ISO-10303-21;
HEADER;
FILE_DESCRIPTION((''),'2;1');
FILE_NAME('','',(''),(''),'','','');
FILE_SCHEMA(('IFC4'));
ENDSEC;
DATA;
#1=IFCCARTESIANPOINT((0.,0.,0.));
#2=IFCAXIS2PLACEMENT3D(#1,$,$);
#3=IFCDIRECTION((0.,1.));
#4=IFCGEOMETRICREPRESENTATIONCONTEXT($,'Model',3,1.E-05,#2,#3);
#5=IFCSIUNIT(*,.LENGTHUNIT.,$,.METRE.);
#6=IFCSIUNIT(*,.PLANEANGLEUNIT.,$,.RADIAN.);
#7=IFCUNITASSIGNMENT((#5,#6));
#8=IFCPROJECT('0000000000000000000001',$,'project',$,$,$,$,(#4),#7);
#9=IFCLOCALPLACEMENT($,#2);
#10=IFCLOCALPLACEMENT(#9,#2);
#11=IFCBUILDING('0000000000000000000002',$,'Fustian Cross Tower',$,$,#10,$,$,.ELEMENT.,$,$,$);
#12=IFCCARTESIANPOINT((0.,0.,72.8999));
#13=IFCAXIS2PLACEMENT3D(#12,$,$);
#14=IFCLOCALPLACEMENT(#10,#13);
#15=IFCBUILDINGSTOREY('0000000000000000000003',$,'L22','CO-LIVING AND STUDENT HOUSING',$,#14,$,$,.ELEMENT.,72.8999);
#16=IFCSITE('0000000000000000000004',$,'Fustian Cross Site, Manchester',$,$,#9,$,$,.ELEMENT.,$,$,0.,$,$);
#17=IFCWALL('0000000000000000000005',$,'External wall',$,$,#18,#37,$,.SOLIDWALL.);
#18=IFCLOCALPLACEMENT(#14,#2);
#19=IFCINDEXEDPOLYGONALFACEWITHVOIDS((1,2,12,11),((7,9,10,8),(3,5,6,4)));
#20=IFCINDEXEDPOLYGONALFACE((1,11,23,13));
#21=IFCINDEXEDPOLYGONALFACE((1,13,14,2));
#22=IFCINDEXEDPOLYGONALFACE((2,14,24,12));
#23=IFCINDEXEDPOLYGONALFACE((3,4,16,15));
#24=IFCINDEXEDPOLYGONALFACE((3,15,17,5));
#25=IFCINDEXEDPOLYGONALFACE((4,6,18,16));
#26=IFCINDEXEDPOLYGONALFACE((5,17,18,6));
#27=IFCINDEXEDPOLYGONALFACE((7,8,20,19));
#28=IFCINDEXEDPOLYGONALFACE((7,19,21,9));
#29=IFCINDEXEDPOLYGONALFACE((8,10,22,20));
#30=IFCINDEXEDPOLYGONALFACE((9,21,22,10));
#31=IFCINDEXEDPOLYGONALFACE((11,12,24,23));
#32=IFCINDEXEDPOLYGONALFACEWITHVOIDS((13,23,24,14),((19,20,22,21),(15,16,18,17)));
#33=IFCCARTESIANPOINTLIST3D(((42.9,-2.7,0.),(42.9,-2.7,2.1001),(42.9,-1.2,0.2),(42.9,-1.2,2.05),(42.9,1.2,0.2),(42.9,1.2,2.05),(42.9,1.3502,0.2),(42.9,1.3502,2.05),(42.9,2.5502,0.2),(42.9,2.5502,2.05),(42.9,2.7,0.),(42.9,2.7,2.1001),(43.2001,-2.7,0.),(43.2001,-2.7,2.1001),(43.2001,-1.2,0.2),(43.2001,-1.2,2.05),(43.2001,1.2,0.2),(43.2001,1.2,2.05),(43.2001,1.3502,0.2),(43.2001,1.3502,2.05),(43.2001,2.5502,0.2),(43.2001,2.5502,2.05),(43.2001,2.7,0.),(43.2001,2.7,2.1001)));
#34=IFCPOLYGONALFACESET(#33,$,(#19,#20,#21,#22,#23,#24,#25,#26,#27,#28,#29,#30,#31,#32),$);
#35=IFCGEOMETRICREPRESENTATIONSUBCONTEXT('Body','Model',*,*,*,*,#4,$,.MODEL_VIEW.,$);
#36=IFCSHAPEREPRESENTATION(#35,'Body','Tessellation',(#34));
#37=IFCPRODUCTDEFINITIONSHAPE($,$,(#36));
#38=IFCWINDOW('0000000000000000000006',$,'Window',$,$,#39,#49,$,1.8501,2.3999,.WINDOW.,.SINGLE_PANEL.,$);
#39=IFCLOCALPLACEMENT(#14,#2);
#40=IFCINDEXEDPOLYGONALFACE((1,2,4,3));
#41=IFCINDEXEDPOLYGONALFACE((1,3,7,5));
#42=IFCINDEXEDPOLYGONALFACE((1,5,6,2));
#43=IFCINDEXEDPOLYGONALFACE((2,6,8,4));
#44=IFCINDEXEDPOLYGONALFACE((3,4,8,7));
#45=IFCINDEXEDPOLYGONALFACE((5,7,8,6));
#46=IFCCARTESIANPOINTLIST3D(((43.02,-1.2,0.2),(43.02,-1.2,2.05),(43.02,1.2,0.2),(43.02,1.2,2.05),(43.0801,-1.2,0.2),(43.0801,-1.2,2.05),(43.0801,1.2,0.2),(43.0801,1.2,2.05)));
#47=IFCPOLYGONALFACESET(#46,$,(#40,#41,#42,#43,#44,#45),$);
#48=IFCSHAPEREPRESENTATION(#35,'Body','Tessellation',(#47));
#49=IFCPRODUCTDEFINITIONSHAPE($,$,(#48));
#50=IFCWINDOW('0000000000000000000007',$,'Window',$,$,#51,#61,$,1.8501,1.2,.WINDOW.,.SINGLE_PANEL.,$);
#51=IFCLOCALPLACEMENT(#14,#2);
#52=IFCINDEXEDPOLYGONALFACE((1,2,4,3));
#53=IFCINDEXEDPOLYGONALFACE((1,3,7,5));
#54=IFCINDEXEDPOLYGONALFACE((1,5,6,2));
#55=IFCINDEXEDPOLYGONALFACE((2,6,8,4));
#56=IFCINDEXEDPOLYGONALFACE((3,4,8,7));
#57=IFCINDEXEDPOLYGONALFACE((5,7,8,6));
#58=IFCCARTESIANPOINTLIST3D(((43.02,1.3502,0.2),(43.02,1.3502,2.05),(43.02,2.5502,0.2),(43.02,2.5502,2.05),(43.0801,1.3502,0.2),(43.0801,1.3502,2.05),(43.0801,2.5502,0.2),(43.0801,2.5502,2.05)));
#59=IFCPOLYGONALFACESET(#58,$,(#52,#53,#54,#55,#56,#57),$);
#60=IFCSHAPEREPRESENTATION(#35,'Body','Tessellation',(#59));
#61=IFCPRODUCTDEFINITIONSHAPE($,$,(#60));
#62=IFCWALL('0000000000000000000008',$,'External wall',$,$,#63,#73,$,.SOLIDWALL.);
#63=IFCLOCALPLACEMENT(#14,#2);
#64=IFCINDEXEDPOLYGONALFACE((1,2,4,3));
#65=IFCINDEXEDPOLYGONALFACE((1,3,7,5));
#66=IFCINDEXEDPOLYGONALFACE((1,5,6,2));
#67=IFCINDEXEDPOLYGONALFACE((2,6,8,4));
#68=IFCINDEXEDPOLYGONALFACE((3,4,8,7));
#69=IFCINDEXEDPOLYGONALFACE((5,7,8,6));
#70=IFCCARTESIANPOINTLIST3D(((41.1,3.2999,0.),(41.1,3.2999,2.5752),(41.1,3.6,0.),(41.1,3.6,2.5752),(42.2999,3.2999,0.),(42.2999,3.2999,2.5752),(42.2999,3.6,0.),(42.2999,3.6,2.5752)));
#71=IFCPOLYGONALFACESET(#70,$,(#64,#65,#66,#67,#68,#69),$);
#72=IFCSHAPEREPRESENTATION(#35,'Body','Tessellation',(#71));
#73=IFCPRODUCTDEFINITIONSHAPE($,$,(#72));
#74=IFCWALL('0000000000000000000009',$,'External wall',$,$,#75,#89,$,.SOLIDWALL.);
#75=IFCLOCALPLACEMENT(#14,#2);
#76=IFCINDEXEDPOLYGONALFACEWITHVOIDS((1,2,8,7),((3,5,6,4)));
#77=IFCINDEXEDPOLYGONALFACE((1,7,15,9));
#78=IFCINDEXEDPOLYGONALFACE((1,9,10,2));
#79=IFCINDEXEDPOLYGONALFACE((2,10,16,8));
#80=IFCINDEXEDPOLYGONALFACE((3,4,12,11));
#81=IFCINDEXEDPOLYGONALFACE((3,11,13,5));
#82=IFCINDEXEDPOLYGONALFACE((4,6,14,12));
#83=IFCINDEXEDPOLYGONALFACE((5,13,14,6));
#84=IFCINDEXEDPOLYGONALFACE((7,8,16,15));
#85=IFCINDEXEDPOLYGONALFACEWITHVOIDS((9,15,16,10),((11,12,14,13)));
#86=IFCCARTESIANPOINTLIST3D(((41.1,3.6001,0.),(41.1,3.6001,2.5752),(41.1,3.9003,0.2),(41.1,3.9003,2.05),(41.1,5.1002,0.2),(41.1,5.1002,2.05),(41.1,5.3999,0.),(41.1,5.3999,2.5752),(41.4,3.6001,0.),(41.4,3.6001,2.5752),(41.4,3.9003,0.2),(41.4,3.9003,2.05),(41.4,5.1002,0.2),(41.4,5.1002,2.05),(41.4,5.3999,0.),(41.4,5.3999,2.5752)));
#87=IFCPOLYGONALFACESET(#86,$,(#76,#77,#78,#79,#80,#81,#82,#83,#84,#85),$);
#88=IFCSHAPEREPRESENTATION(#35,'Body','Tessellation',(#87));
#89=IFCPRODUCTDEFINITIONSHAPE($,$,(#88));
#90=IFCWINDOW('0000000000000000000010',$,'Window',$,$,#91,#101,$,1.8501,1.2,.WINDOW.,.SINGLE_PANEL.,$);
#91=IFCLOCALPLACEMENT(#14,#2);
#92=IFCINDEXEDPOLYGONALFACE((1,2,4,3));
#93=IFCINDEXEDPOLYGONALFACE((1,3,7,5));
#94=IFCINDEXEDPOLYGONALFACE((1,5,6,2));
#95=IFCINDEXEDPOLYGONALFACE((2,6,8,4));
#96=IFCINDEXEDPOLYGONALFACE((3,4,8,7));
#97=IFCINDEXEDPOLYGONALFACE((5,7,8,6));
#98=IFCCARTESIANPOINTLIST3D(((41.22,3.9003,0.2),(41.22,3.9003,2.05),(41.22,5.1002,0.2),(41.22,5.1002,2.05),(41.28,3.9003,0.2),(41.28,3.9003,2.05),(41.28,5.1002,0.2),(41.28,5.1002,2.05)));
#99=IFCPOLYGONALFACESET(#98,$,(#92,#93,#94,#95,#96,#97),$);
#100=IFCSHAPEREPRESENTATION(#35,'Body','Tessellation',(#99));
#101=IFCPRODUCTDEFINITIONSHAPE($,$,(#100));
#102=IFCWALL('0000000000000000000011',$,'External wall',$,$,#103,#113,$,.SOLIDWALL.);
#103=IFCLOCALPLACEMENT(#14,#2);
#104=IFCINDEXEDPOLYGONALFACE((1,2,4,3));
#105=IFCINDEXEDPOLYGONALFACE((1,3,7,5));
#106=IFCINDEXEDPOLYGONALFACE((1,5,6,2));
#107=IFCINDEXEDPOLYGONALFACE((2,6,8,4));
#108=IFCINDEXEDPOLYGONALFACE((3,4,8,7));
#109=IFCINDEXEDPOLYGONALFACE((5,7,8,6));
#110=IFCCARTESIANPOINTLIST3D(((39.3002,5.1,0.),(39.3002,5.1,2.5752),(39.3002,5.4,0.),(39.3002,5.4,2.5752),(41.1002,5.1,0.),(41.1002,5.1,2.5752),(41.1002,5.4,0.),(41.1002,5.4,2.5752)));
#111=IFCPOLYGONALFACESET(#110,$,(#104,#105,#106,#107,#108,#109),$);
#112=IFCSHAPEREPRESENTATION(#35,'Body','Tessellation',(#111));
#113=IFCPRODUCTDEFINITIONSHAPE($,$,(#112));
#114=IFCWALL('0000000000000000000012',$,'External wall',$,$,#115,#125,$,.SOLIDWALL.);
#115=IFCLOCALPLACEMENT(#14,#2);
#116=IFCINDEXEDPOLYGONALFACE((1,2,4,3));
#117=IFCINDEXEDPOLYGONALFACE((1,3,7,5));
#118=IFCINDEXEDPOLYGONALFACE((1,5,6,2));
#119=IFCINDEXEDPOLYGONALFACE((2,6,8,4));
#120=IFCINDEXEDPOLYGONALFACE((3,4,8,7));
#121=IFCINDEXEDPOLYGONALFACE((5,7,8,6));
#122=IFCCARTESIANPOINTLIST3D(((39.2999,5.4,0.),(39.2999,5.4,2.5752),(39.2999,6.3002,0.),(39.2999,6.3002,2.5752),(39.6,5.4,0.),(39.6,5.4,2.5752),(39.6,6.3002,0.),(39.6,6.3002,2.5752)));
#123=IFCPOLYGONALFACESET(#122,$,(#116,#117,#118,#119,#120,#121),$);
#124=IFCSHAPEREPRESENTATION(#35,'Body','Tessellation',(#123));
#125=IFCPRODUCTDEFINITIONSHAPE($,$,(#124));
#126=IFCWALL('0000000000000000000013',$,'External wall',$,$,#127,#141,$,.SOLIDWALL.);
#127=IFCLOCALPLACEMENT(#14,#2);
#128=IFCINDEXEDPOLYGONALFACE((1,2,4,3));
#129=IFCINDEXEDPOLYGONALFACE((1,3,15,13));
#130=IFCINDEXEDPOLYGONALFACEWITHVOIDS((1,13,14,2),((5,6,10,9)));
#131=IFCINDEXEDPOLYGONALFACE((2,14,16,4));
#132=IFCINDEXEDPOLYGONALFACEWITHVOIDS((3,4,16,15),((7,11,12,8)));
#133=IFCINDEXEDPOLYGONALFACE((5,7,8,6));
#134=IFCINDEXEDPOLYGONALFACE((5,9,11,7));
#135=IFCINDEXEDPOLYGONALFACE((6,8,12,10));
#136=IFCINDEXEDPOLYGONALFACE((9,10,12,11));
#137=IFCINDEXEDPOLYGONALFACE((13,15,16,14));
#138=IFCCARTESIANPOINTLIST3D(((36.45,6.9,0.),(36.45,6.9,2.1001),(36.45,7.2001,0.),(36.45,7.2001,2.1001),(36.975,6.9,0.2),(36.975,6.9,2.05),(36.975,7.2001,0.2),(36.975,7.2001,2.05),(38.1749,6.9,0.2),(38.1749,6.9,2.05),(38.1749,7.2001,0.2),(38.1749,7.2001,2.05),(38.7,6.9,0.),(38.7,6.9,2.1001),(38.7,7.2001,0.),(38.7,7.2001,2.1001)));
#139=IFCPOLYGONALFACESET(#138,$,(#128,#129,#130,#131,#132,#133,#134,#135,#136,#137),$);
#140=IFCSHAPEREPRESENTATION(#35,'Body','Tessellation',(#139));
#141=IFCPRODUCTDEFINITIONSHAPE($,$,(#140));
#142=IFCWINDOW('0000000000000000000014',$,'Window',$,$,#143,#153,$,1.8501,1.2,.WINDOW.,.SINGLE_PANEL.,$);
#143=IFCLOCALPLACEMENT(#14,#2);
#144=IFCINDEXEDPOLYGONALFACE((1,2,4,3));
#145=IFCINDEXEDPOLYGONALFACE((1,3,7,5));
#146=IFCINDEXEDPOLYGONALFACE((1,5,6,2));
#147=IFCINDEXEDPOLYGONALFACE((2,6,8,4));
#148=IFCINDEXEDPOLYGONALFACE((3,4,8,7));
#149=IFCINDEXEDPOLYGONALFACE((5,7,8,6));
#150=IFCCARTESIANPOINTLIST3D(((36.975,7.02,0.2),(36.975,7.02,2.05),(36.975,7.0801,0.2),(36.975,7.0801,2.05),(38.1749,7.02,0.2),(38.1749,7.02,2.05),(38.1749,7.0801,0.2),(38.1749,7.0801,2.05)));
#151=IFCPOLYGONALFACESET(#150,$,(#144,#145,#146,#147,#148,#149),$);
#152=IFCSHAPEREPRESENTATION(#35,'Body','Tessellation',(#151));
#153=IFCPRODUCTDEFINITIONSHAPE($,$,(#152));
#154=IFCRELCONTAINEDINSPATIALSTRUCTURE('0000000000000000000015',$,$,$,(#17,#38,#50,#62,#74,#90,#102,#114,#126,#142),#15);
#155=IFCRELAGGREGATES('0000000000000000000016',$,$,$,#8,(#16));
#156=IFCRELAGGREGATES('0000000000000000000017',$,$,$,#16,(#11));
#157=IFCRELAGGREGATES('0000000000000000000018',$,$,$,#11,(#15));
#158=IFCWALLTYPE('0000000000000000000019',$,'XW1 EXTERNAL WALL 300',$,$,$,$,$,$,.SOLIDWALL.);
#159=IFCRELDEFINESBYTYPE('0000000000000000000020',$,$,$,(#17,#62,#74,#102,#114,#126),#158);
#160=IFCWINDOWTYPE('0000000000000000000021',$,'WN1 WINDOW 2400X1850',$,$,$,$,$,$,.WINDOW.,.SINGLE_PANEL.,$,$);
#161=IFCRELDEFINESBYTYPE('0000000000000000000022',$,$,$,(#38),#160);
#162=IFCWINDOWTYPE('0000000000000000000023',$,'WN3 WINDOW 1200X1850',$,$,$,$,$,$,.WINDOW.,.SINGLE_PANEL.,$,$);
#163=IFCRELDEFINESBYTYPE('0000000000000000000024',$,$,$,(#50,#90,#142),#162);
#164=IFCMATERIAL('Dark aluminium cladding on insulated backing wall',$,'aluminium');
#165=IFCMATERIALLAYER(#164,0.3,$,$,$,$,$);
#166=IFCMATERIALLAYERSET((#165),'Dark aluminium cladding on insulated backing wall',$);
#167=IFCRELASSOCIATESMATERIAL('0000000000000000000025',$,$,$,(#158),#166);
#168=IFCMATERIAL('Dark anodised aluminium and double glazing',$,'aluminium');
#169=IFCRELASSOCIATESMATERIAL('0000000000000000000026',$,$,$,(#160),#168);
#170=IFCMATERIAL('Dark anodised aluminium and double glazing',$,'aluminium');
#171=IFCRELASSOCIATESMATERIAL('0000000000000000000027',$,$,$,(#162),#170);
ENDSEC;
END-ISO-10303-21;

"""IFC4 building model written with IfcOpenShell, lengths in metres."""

from ifc_helpers import new_model, si_unit, direction, frame, frame_2d, origin, place, context, subcontext, project, spatial, rectangle, extrude, material, layer, layer_set, type_object, element, fill, save


model = new_model("IFC4")

# Units and contexts
model_context = context("Model", 3, precision=1e-05, world=origin(), true_north=direction((0.0, 1.0)))
body_context = subcontext(model_context, "Body", "Model", "MODEL_VIEW")
ifc_project = project(units=[si_unit("LENGTHUNIT", "METRE"), si_unit("PLANEANGLEUNIT", "RADIAN")], contexts=[model_context])

# Site, building, storey
site_placement = place(None, origin())
site = spatial("IfcSite", under=ifc_project, at=site_placement, Name="Fustian Cross Site, Manchester", CompositionType="ELEMENT", RefElevation=0.0)
building_placement = place(site_placement, origin())
building = spatial("IfcBuilding", under=site, at=building_placement, Name="Fustian Cross Tower", CompositionType="ELEMENT")
storey_placement = place(building_placement, frame((0.0, 0.0, 72.8999)))
storey = spatial("IfcBuildingStorey", under=building, at=storey_placement, Name="L22", Description="CO-LIVING AND STUDENT HOUSING", CompositionType="ELEMENT", Elevation=72.8999)

# Wall, openings, windows
ifc_material_1 = material(Name="Dark aluminium cladding on insulated backing wall", Category="aluminium")
ifc_layer_1 = layer(ifc_material_1, 0.3)
ifc_layer_set_1 = layer_set([ifc_layer_1], Name="Dark aluminium cladding on insulated backing wall")
wall_type_1 = type_object("IfcWallType", Name="XW1 EXTERNAL WALL 300", PredefinedType="SOLIDWALL", material=ifc_layer_set_1)
wall_1_placement = place(storey_placement, frame((43.05, -2.7, 0.0), z_axis=(0.0, 0.0, 1.0), x_axis=(0.0, 1.0, 0.0)))
wall_1 = element("IfcWall", 1, at=wall_1_placement, inside=storey, type_object=wall_type_1, Name="External wall", PredefinedType="SOLIDWALL", context=body_context, shape_type="SweptSolid", body=[
    extrude(rectangle(XDim=5.3999, YDim=0.3, at=frame_2d((2.7, 0.0))), origin(), (0.0, 0.0, 1.0), 2.1001),
])
opening_1_placement = place(wall_1_placement, frame((1.5, 0.0, 0.2)))
opening_1 = element("IfcOpeningElement", 2, at=opening_1_placement, cuts=wall_1, PredefinedType="OPENING", context=body_context, shape_type="SweptSolid", body=[
    extrude(rectangle(XDim=2.3999, YDim=1.8501, at=frame_2d((1.2, 0.925))), frame((0.0, 0.1599, 0.0), z_axis=(0.0, -1.0, 0.0), x_axis=(1.0, 0.0, 0.0)), (0.0, 0.0, 1.0), 0.3201),
])
opening_2_placement = place(wall_1_placement, frame((4.05, 0.0, 0.2)))
opening_2 = element("IfcOpeningElement", 3, at=opening_2_placement, cuts=wall_1, PredefinedType="OPENING", context=body_context, shape_type="SweptSolid", body=[
    extrude(rectangle(XDim=1.2, YDim=1.8501, at=frame_2d((0.6001, 0.925))), frame((0.0, 0.1599, 0.0), z_axis=(0.0, -1.0, 0.0), x_axis=(1.0, 0.0, 0.0)), (0.0, 0.0, 1.0), 0.3201),
])
ifc_material_2 = material(Name="Dark anodised aluminium and double glazing", Category="aluminium")
window_type_1 = type_object("IfcWindowType", Name="WN1 WINDOW 2400X1850", PartitioningType="SINGLE_PANEL", PredefinedType="WINDOW", material=ifc_material_2)
window_1_placement = place(opening_1_placement, origin())
window_1 = element("IfcWindow", 4, at=window_1_placement, inside=storey, type_object=window_type_1, Name="Window", OverallHeight=1.8501, OverallWidth=2.3999, PartitioningType="SINGLE_PANEL", PredefinedType="WINDOW", context=body_context, shape_type="SweptSolid", body=[
    extrude(rectangle(XDim=2.3999, YDim=1.8501, at=frame_2d((1.2, 0.925))), frame((0.0, 0.03, 0.0), z_axis=(0.0, -1.0, 0.0), x_axis=(1.0, 0.0, 0.0)), (0.0, 0.0, 1.0), 0.0601),
])
fill(opening_1, window_1)
ifc_material_3 = material(Name="Dark anodised aluminium and double glazing", Category="aluminium")
window_type_2 = type_object("IfcWindowType", Name="WN3 WINDOW 1200X1850", PartitioningType="SINGLE_PANEL", PredefinedType="WINDOW", material=ifc_material_3)
window_2_placement = place(opening_2_placement, origin())
window_2 = element("IfcWindow", 5, at=window_2_placement, inside=storey, type_object=window_type_2, Name="Window", OverallHeight=1.8501, OverallWidth=1.2, PartitioningType="SINGLE_PANEL", PredefinedType="WINDOW", context=body_context, shape_type="SweptSolid", body=[
    extrude(rectangle(XDim=1.2, YDim=1.8501, at=frame_2d((0.6001, 0.925))), frame((0.0, 0.03, 0.0), z_axis=(0.0, -1.0, 0.0), x_axis=(1.0, 0.0, 0.0)), (0.0, 0.0, 1.0), 0.0601),
])
fill(opening_2, window_2)

# Wall
wall_2_placement = place(storey_placement, frame((42.3, 3.45, 0.0), z_axis=(0.0, 0.0, 1.0), x_axis=(-1.0, 0.0, 0.0)))
element("IfcWall", 6, at=wall_2_placement, inside=storey, type_object=wall_type_1, Name="External wall", PredefinedType="SOLIDWALL", context=body_context, shape_type="SweptSolid", body=[
    extrude(rectangle(XDim=1.2, YDim=0.3, at=frame_2d((0.6001, 0.0))), origin(), (0.0, 0.0, 1.0), 2.5752),
])

# Wall, opening, window
wall_3_placement = place(storey_placement, frame((41.25, 3.6001, 0.0), z_axis=(0.0, 0.0, 1.0), x_axis=(0.0, 1.0, 0.0)))
wall_3 = element("IfcWall", 7, at=wall_3_placement, inside=storey, type_object=wall_type_1, Name="External wall", PredefinedType="SOLIDWALL", context=body_context, shape_type="SweptSolid", body=[
    extrude(rectangle(XDim=1.7998, YDim=0.3, at=frame_2d((0.8999, 0.0))), origin(), (0.0, 0.0, 1.0), 2.5752),
])
opening_3_placement = place(wall_3_placement, frame((0.3, 0.0, 0.2)))
opening_3 = element("IfcOpeningElement", 8, at=opening_3_placement, cuts=wall_3, PredefinedType="OPENING", context=body_context, shape_type="SweptSolid", body=[
    extrude(rectangle(XDim=1.2, YDim=1.8501, at=frame_2d((0.6001, 0.925))), frame((0.0, 0.1599, 0.0), z_axis=(0.0, -1.0, 0.0), x_axis=(1.0, 0.0, 0.0)), (0.0, 0.0, 1.0), 0.3201),
])
window_3_placement = place(opening_3_placement, origin())
window_3 = element("IfcWindow", 9, at=window_3_placement, inside=storey, type_object=window_type_2, Name="Window", OverallHeight=1.8501, OverallWidth=1.2, PartitioningType="SINGLE_PANEL", PredefinedType="WINDOW", context=body_context, shape_type="SweptSolid", body=[
    extrude(rectangle(XDim=1.2, YDim=1.8501, at=frame_2d((0.6001, 0.925))), frame((0.0, 0.03, 0.0), z_axis=(0.0, -1.0, 0.0), x_axis=(1.0, 0.0, 0.0)), (0.0, 0.0, 1.0), 0.0601),
])
fill(opening_3, window_3)

# Walls
wall_4_placement = place(storey_placement, frame((41.1001, 5.25, 0.0), z_axis=(0.0, 0.0, 1.0), x_axis=(-1.0, 0.0, 0.0)))
element("IfcWall", 10, at=wall_4_placement, inside=storey, type_object=wall_type_1, Name="External wall", PredefinedType="SOLIDWALL", context=body_context, shape_type="SweptSolid", body=[
    extrude(rectangle(XDim=1.8, YDim=0.3, at=frame_2d((0.8999, 0.0))), origin(), (0.0, 0.0, 1.0), 2.5752),
])
wall_5_placement = place(storey_placement, frame((39.45, 5.3999, 0.0), z_axis=(0.0, 0.0, 1.0), x_axis=(0.0, 1.0, 0.0)))
element("IfcWall", 11, at=wall_5_placement, inside=storey, type_object=wall_type_1, Name="External wall", PredefinedType="SOLIDWALL", context=body_context, shape_type="SweptSolid", body=[
    extrude(rectangle(XDim=0.9001, YDim=0.3, at=frame_2d((0.4502, 0.0))), origin(), (0.0, 0.0, 1.0), 2.5752),
])

# Wall, opening, window
wall_6_placement = place(storey_placement, frame((38.7, 7.05, 0.0), z_axis=(0.0, 0.0, 1.0), x_axis=(-1.0, 0.0, 0.0)))
wall_6 = element("IfcWall", 12, at=wall_6_placement, inside=storey, type_object=wall_type_1, Name="External wall", PredefinedType="SOLIDWALL", context=body_context, shape_type="SweptSolid", body=[
    extrude(rectangle(XDim=2.25, YDim=0.3, at=frame_2d((1.125, 0.0))), origin(), (0.0, 0.0, 1.0), 2.1001),
])
opening_4_placement = place(wall_6_placement, frame((0.5249, 0.0, 0.2)))
opening_4 = element("IfcOpeningElement", 13, at=opening_4_placement, cuts=wall_6, PredefinedType="OPENING", context=body_context, shape_type="SweptSolid", body=[
    extrude(rectangle(XDim=1.2, YDim=1.8501, at=frame_2d((0.6001, 0.925))), frame((0.0, 0.1599, 0.0), z_axis=(0.0, -1.0, 0.0), x_axis=(1.0, 0.0, 0.0)), (0.0, 0.0, 1.0), 0.3201),
])
window_4_placement = place(opening_4_placement, origin())
window_4 = element("IfcWindow", 14, at=window_4_placement, inside=storey, type_object=window_type_2, Name="Window", OverallHeight=1.8501, OverallWidth=1.2, PartitioningType="SINGLE_PANEL", PredefinedType="WINDOW", context=body_context, shape_type="SweptSolid", body=[
    extrude(rectangle(XDim=1.2, YDim=1.8501, at=frame_2d((0.6001, 0.925))), frame((0.0, 0.03, 0.0), z_axis=(0.0, -1.0, 0.0), x_axis=(1.0, 0.0, 0.0)), (0.0, 0.0, 1.0), 0.0601),
])
fill(opening_4, window_4)

save(model, "model.ifc")
